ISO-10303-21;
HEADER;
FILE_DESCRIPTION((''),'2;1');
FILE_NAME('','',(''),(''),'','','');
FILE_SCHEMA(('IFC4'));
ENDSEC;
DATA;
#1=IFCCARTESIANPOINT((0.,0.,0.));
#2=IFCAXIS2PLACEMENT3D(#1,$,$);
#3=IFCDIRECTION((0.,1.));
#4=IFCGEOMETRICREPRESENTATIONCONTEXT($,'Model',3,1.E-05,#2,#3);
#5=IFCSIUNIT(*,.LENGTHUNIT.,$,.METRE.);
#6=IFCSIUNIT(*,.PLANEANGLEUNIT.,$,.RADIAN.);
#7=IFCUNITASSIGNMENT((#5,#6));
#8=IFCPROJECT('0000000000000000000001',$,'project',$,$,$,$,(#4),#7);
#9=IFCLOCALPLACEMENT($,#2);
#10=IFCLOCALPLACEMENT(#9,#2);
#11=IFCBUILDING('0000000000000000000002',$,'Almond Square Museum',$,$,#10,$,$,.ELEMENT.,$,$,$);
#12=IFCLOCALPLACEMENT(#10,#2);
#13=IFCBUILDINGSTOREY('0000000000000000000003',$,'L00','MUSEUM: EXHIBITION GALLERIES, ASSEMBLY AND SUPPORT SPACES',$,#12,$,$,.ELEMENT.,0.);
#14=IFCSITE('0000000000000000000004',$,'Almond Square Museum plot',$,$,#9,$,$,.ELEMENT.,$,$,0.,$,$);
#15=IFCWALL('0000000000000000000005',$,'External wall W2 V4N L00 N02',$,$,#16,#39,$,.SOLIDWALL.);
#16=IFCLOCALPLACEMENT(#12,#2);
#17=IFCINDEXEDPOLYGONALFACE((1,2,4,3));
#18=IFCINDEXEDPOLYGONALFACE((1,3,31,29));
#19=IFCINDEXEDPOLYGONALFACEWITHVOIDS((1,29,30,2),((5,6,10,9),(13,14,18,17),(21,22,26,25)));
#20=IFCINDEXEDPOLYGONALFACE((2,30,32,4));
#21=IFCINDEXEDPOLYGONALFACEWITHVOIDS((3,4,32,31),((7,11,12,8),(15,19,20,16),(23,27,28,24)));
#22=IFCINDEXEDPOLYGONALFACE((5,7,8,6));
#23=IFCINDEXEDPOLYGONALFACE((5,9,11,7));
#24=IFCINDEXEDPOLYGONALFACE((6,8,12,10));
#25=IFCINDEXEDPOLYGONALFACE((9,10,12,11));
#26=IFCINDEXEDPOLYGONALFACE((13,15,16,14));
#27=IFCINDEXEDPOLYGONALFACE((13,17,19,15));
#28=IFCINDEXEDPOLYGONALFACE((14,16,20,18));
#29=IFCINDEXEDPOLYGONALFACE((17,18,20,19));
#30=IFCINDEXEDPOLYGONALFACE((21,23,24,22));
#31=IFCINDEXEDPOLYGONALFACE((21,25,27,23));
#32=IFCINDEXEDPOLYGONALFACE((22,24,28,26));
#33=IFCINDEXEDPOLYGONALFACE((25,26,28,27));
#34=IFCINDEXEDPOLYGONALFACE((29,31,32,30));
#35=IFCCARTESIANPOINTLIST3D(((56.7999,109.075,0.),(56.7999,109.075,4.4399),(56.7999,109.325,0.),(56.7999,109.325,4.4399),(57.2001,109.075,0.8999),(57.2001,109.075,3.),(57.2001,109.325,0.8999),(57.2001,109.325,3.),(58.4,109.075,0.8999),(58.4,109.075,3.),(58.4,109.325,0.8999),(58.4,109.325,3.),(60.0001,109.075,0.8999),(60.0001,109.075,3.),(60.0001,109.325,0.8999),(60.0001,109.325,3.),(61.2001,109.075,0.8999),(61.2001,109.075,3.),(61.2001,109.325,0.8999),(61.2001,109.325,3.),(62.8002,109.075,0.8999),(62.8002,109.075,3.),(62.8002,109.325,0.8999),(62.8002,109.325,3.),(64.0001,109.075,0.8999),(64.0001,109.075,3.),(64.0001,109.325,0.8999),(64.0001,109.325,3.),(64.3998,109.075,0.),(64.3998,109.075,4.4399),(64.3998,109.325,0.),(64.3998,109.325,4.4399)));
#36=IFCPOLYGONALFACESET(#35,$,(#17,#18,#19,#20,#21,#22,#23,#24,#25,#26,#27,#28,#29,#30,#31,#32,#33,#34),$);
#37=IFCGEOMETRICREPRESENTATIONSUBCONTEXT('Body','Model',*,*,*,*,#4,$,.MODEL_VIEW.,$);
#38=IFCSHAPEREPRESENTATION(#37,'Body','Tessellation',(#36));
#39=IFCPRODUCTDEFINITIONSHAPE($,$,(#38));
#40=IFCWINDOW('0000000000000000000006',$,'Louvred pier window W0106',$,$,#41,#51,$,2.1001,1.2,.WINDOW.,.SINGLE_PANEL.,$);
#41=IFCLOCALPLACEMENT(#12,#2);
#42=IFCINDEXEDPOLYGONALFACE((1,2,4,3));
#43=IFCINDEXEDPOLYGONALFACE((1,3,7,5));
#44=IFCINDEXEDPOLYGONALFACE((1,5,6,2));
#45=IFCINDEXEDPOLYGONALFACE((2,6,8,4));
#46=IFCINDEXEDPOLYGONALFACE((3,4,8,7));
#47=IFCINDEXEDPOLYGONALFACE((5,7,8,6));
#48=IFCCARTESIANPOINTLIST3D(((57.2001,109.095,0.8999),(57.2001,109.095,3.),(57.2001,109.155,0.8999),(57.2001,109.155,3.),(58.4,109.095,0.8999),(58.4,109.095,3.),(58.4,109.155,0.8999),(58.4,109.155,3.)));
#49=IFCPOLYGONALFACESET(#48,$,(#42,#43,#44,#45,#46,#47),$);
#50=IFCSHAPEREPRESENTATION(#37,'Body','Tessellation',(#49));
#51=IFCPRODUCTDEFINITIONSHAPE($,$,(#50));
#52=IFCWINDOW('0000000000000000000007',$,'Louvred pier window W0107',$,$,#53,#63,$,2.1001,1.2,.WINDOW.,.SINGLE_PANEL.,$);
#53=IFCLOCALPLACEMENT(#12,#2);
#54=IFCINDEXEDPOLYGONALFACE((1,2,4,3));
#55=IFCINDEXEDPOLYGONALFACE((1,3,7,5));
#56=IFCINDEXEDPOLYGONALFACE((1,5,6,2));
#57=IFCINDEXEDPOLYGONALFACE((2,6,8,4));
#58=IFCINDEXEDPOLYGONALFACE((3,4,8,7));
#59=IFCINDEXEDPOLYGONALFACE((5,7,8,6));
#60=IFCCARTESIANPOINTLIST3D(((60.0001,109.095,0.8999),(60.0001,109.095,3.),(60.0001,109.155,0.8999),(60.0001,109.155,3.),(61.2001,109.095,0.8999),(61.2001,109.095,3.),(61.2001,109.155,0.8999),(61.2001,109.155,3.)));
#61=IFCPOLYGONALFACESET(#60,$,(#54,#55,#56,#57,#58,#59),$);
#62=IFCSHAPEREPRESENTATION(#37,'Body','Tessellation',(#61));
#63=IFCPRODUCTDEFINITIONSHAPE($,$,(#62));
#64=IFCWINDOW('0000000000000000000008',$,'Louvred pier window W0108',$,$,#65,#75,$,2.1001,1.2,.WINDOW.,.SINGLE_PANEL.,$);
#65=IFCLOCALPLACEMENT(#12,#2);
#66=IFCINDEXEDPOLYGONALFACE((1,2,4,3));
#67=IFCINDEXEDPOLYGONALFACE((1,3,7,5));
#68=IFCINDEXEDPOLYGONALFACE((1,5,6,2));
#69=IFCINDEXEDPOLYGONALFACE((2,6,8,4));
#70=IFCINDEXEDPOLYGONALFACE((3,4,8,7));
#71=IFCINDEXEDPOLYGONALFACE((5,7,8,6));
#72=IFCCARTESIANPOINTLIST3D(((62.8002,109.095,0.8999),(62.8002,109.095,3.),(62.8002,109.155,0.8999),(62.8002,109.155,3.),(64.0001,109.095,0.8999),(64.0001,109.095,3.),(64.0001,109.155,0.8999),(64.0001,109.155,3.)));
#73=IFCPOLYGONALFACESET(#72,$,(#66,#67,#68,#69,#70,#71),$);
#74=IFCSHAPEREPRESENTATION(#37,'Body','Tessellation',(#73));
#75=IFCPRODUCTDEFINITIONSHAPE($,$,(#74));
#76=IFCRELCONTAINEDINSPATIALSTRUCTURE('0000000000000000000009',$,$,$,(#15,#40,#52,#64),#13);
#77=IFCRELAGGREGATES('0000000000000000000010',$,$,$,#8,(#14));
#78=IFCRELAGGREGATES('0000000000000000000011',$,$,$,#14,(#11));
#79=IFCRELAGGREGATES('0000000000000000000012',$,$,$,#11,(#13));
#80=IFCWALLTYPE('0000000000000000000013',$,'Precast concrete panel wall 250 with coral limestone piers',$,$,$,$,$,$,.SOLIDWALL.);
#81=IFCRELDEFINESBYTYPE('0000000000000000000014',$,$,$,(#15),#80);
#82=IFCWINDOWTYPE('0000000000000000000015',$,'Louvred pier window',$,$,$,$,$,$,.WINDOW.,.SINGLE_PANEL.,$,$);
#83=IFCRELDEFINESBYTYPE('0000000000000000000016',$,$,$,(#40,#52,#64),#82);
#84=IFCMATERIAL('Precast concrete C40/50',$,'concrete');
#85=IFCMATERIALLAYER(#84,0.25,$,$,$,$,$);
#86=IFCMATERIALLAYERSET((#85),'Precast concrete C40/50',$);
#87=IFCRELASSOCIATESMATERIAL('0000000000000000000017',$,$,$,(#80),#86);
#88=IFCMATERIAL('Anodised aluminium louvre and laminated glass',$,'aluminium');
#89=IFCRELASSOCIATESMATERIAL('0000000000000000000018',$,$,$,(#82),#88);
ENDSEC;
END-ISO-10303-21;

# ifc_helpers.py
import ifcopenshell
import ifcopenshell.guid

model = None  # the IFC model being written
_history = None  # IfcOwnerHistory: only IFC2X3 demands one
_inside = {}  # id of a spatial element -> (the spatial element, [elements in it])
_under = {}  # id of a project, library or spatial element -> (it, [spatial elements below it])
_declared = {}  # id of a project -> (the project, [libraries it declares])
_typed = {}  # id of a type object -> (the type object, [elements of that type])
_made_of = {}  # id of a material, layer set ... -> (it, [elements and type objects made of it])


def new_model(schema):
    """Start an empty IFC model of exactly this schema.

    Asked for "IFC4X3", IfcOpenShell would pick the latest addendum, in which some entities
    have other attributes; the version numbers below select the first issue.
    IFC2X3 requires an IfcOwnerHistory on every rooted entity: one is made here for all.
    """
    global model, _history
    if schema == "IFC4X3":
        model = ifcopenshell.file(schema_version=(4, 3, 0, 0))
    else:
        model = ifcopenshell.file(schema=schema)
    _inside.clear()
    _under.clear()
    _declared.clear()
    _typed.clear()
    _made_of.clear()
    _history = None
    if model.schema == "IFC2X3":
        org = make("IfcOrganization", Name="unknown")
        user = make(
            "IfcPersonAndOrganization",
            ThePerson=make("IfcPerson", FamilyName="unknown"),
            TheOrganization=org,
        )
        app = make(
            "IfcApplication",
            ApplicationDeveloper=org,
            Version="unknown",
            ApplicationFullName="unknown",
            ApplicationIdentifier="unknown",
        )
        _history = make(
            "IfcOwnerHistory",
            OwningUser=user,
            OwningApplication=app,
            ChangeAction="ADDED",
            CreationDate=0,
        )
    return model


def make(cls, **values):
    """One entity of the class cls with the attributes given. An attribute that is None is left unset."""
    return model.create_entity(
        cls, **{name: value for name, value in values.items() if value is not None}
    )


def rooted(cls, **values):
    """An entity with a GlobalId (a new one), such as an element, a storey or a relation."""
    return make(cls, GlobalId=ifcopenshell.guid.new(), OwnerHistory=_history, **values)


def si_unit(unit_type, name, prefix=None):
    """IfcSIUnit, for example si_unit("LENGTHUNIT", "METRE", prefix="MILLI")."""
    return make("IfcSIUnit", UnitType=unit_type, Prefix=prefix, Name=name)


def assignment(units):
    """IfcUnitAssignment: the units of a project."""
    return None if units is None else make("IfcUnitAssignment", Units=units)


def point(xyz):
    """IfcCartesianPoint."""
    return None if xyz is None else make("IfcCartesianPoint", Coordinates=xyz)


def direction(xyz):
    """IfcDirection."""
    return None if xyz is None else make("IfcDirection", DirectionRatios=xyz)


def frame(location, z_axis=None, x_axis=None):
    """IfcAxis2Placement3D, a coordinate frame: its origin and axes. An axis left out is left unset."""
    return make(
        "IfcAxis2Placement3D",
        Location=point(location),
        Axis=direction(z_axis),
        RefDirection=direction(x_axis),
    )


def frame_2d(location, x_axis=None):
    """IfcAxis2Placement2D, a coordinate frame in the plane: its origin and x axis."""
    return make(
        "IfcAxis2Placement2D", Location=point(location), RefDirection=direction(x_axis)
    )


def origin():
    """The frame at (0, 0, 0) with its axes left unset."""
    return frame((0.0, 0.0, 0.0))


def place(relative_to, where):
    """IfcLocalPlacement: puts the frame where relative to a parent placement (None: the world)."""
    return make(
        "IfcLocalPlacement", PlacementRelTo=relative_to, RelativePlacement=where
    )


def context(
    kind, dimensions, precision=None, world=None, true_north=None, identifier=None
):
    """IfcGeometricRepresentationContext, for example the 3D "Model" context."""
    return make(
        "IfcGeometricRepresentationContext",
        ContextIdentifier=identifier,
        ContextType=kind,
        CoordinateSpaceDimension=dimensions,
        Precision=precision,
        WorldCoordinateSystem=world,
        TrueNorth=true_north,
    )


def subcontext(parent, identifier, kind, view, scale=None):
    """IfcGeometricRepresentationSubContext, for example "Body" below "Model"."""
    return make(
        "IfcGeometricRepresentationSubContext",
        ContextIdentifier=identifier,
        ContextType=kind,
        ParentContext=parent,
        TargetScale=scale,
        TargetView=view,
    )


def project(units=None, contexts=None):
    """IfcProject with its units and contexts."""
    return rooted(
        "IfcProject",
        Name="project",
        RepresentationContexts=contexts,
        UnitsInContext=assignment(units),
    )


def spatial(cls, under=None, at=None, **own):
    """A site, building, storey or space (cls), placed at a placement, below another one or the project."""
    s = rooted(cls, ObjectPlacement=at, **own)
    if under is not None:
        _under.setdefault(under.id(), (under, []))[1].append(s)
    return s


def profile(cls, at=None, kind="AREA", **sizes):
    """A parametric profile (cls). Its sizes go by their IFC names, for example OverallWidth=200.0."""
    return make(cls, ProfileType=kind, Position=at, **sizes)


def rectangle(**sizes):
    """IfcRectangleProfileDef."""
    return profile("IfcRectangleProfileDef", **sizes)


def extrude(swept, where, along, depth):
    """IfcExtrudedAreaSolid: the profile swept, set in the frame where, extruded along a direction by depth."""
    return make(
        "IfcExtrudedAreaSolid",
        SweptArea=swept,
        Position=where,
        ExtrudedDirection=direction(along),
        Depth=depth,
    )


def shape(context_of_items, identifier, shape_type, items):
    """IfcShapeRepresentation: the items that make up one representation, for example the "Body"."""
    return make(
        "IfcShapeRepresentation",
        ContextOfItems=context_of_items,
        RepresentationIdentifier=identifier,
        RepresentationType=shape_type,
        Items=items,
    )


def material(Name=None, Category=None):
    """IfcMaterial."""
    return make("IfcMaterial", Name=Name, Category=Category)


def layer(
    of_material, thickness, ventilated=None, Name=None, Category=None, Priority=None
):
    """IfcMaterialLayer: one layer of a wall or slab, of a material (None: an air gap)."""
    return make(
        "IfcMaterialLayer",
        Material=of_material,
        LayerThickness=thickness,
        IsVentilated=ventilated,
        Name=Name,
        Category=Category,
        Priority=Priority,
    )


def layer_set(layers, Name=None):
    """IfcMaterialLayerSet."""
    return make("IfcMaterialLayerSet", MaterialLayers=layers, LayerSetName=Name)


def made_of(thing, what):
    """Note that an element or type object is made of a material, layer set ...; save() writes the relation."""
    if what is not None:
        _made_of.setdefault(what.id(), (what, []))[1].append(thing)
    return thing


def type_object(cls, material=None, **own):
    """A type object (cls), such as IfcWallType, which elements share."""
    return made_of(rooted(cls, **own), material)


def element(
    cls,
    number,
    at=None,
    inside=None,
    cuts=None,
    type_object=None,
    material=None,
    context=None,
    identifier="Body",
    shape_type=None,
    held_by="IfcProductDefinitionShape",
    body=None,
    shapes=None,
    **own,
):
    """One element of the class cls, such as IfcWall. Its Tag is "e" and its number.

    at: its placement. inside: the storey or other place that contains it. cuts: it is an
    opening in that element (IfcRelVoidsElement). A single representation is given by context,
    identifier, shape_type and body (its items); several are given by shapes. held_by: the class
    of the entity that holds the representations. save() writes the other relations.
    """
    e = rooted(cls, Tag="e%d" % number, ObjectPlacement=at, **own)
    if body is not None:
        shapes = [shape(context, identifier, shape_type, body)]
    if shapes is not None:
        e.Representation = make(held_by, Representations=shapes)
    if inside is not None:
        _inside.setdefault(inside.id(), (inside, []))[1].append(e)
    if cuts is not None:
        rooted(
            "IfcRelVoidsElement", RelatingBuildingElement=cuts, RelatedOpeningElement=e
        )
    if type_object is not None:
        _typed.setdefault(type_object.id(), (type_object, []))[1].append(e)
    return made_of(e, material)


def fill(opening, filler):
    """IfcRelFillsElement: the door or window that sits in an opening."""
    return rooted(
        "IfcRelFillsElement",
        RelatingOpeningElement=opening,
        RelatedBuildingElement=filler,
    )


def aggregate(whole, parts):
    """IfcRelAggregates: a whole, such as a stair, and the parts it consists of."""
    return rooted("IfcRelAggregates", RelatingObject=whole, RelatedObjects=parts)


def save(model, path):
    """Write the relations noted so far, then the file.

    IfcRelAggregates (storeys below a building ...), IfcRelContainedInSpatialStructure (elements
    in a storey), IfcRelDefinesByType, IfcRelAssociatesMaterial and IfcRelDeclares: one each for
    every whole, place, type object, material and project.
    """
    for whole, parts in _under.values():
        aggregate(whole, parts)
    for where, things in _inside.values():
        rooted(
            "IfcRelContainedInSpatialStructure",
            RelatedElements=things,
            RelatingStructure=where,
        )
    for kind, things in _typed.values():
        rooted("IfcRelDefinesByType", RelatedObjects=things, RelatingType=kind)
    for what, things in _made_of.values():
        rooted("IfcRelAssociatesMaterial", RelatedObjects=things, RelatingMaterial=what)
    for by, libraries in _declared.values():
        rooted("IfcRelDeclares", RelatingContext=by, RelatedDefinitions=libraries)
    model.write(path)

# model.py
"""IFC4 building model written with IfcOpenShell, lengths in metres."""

from ifc_helpers import new_model, si_unit, direction, frame, frame_2d, origin, place, context, subcontext, project, spatial, rectangle, extrude, material, layer, layer_set, type_object, element, fill, save


model = new_model("IFC4")

# Units and contexts
model_context = context("Model", 3, precision=1e-05, world=origin(), true_north=direction((0.0, 1.0)))
body_context = subcontext(model_context, "Body", "Model", "MODEL_VIEW")
ifc_project = project(units=[si_unit("LENGTHUNIT", "METRE"), si_unit("PLANEANGLEUNIT", "RADIAN")], contexts=[model_context])

# Site, building, storey
site_placement = place(None, origin())
site = spatial("IfcSite", under=ifc_project, at=site_placement, Name="Almond Square Museum plot", CompositionType="ELEMENT", RefElevation=0.0)
building_placement = place(site_placement, origin())
building = spatial("IfcBuilding", under=site, at=building_placement, Name="Almond Square Museum", CompositionType="ELEMENT")
storey_placement = place(building_placement, origin())
storey = spatial("IfcBuildingStorey", under=building, at=storey_placement, Name="L00", Description="MUSEUM: EXHIBITION GALLERIES, ASSEMBLY AND SUPPORT SPACES", CompositionType="ELEMENT", Elevation=0.0)

# Wall, openings, windows
ifc_material_1 = material(Name="Precast concrete C40/50", Category="concrete")
ifc_layer = layer(ifc_material_1, 0.25)
ifc_layer_set = layer_set([ifc_layer], Name="Precast concrete C40/50")
wall_type = type_object("IfcWallType", Name="Precast concrete panel wall 250 with coral limestone piers", PredefinedType="SOLIDWALL", material=ifc_layer_set)
wall_placement = place(storey_placement, frame((56.8, 109.2, 0.0), z_axis=(0.0, 0.0, 1.0), x_axis=(1.0, 0.0, 0.0)))
wall = element("IfcWall", 1, at=wall_placement, inside=storey, type_object=wall_type, Name="External wall W2 V4N L00 N02", PredefinedType="SOLIDWALL", context=body_context, shape_type="SweptSolid", body=[
    extrude(rectangle(XDim=7.5999, YDim=0.25, at=frame_2d((3.7998, 0.0))), origin(), (0.0, 0.0, 1.0), 4.4399),
])
opening_1_placement = place(wall_placement, frame((0.3999, 0.0, 0.8999)))
opening_1 = element("IfcOpeningElement", 2, at=opening_1_placement, cuts=wall, PredefinedType="OPENING", context=body_context, shape_type="SweptSolid", body=[
    extrude(rectangle(XDim=1.2, YDim=2.1001, at=frame_2d((0.6001, 1.05))), frame((0.0, 0.135, 0.0), z_axis=(0.0, -1.0, 0.0), x_axis=(1.0, 0.0, 0.0)), (0.0, 0.0, 1.0), 0.27),
])
opening_2_placement = place(wall_placement, frame((3.2, 0.0, 0.8999)))
opening_2 = element("IfcOpeningElement", 3, at=opening_2_placement, cuts=wall, PredefinedType="OPENING", context=body_context, shape_type="SweptSolid", body=[
    extrude(rectangle(XDim=1.2, YDim=2.1001, at=frame_2d((0.6001, 1.05))), frame((0.0, 0.135, 0.0), z_axis=(0.0, -1.0, 0.0), x_axis=(1.0, 0.0, 0.0)), (0.0, 0.0, 1.0), 0.27),
])
opening_3_placement = place(wall_placement, frame((6.0, 0.0, 0.8999)))
opening_3 = element("IfcOpeningElement", 4, at=opening_3_placement, cuts=wall, PredefinedType="OPENING", context=body_context, shape_type="SweptSolid", body=[
    extrude(rectangle(XDim=1.2, YDim=2.1001, at=frame_2d((0.6001, 1.05))), frame((0.0, 0.135, 0.0), z_axis=(0.0, -1.0, 0.0), x_axis=(1.0, 0.0, 0.0)), (0.0, 0.0, 1.0), 0.27),
])
ifc_material_2 = material(Name="Anodised aluminium louvre and laminated glass", Category="aluminium")
window_type = type_object("IfcWindowType", Name="Louvred pier window", PartitioningType="SINGLE_PANEL", PredefinedType="WINDOW", material=ifc_material_2)
window_1_placement = place(opening_1_placement, origin())
window_1 = element("IfcWindow", 5, at=window_1_placement, inside=storey, type_object=window_type, Name="Louvred pier window W0106", OverallHeight=2.1001, OverallWidth=1.2, PartitioningType="SINGLE_PANEL", PredefinedType="WINDOW", context=body_context, shape_type="SweptSolid", body=[
    extrude(rectangle(XDim=1.2, YDim=2.1001, at=frame_2d((0.6001, 1.05))), frame((0.0, -0.0449, 0.0), z_axis=(0.0, -1.0, 0.0), x_axis=(1.0, 0.0, 0.0)), (0.0, 0.0, 1.0), 0.0601),
])
fill(opening_1, window_1)
window_2_placement = place(opening_2_placement, origin())
window_2 = element("IfcWindow", 6, at=window_2_placement, inside=storey, type_object=window_type, Name="Louvred pier window W0107", OverallHeight=2.1001, OverallWidth=1.2, PartitioningType="SINGLE_PANEL", PredefinedType="WINDOW", context=body_context, shape_type="SweptSolid", body=[
    extrude(rectangle(XDim=1.2, YDim=2.1001, at=frame_2d((0.6001, 1.05))), frame((0.0, -0.0449, 0.0), z_axis=(0.0, -1.0, 0.0), x_axis=(1.0, 0.0, 0.0)), (0.0, 0.0, 1.0), 0.0601),
])
fill(opening_2, window_2)
window_3_placement = place(opening_3_placement, origin())
window_3 = element("IfcWindow", 7, at=window_3_placement, inside=storey, type_object=window_type, Name="Louvred pier window W0108", OverallHeight=2.1001, OverallWidth=1.2, PartitioningType="SINGLE_PANEL", PredefinedType="WINDOW", context=body_context, shape_type="SweptSolid", body=[
    extrude(rectangle(XDim=1.2, YDim=2.1001, at=frame_2d((0.6001, 1.05))), frame((0.0, -0.0449, 0.0), z_axis=(0.0, -1.0, 0.0), x_axis=(1.0, 0.0, 0.0)), (0.0, 0.0, 1.0), 0.0601),
])
fill(opening_3, window_3)

save(model, "model.ifc")
